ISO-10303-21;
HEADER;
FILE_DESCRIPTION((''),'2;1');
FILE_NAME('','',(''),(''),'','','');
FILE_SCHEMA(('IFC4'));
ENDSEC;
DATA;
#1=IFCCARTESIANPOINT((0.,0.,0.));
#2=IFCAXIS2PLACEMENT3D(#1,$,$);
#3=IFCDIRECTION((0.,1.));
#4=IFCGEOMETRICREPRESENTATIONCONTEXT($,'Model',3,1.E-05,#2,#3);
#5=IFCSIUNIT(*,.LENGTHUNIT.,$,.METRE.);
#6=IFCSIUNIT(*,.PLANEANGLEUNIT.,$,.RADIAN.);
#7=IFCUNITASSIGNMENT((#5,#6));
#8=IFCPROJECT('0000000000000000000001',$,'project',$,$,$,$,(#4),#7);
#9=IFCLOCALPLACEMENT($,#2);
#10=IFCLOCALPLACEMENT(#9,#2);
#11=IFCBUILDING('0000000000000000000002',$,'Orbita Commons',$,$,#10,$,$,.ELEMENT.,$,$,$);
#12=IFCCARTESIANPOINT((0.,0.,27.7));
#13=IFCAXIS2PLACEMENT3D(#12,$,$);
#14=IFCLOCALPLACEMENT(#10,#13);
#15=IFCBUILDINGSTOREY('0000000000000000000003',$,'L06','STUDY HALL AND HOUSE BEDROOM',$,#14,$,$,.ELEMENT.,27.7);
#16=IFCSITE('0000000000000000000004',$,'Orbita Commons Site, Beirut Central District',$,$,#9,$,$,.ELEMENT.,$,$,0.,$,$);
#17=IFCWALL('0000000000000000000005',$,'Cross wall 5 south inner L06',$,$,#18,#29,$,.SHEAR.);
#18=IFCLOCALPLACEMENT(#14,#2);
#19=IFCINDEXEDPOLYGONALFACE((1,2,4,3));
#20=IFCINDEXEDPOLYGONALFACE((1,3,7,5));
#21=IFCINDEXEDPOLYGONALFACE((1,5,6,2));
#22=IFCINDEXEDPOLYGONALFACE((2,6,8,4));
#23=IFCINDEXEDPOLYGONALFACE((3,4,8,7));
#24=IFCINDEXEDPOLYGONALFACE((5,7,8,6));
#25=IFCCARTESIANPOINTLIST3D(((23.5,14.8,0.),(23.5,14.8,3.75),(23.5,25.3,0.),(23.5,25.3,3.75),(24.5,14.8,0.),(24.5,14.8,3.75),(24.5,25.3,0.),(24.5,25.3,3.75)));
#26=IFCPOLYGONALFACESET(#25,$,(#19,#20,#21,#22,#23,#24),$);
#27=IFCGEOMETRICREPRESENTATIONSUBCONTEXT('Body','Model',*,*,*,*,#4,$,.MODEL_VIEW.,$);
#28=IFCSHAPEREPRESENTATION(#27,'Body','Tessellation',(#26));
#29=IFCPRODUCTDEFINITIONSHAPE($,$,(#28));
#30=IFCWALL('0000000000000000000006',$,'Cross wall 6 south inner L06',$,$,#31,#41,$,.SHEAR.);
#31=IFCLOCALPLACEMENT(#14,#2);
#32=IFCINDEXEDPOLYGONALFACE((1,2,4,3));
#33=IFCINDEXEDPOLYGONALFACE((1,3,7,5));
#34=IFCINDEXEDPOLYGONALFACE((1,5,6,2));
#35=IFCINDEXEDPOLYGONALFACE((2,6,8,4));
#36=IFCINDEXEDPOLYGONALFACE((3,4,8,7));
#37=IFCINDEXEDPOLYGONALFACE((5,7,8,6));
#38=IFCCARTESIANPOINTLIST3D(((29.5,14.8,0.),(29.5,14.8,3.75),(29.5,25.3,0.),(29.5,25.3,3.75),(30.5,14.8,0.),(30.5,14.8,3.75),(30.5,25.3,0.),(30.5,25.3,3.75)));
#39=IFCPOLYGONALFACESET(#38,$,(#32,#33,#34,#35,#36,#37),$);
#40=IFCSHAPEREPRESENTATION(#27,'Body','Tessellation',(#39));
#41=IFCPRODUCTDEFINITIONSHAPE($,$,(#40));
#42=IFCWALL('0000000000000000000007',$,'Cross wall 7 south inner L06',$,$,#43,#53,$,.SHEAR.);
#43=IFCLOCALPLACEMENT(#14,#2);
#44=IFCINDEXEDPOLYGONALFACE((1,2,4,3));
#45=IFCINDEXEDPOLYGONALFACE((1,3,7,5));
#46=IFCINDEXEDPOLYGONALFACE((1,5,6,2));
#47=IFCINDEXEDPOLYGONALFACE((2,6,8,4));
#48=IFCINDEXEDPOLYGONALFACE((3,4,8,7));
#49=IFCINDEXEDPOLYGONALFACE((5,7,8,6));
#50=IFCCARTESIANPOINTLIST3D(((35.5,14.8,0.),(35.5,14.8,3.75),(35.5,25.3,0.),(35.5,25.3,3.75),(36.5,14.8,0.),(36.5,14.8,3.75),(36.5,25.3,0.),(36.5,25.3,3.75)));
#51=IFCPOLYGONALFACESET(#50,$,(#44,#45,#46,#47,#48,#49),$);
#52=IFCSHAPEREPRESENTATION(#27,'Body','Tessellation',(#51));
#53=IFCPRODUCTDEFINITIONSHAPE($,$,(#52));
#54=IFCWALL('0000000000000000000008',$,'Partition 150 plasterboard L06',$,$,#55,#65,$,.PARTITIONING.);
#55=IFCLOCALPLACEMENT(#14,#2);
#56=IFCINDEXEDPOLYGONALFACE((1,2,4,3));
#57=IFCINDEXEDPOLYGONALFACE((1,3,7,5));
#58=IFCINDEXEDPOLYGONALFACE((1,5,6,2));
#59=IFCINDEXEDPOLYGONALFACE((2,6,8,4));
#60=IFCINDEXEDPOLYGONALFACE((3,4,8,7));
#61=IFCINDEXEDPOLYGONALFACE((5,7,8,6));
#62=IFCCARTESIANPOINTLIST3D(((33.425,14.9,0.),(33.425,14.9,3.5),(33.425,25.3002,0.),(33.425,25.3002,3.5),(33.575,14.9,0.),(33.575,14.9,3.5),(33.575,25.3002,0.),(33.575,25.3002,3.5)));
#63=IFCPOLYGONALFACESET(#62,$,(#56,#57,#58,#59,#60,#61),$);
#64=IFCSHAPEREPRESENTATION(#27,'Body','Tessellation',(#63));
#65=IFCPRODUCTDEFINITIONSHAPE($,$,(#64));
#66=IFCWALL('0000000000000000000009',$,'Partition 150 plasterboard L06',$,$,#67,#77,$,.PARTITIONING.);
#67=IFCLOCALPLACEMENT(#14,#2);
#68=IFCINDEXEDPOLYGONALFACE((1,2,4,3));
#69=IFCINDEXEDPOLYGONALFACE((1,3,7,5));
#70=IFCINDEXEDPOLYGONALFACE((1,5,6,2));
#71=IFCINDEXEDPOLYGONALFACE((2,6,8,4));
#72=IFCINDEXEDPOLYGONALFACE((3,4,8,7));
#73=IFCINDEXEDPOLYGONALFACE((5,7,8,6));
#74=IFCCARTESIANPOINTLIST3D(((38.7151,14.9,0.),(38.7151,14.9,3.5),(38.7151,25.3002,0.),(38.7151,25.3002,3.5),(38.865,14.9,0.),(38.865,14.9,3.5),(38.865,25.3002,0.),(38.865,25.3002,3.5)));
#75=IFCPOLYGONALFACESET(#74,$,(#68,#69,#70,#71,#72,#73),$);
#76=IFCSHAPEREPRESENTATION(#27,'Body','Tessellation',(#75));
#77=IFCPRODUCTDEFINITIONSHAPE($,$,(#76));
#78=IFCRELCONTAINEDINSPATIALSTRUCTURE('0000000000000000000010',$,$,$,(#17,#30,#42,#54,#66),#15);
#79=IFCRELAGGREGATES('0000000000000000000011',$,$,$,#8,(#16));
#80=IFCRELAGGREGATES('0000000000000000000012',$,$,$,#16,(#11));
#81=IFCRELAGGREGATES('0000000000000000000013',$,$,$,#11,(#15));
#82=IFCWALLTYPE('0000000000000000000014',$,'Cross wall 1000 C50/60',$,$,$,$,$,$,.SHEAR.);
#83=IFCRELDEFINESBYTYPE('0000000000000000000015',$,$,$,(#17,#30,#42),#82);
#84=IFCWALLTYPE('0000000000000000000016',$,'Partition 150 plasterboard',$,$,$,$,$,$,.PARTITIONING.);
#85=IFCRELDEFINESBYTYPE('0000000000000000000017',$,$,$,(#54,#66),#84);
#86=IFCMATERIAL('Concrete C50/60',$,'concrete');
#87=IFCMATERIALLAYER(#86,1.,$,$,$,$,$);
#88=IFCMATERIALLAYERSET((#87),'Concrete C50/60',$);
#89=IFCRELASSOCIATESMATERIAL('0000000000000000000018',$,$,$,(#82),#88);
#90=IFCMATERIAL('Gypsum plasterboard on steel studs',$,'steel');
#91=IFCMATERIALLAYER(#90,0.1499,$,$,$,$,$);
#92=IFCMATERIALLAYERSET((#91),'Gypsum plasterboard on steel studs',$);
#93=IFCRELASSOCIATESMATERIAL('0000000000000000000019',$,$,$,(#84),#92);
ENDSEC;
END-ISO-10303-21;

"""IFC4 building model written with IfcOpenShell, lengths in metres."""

from ifc_helpers import new_model, si_unit, direction, frame, frame_2d, origin, place, context, subcontext, project, spatial, rectangle, extrude, material, layer, layer_set, type_object, element, save


model = new_model("IFC4")

# Units and contexts
model_context = context("Model", 3, precision=1e-05, world=origin(), true_north=direction((0.0, 1.0)))
body_context = subcontext(model_context, "Body", "Model", "MODEL_VIEW")
ifc_project = project(units=[si_unit("LENGTHUNIT", "METRE"), si_unit("PLANEANGLEUNIT", "RADIAN")], contexts=[model_context])

# Site, building, storey
site_placement = place(None, origin())
site = spatial("IfcSite", under=ifc_project, at=site_placement, Name="Orbita Commons Site, Beirut Central District", CompositionType="ELEMENT", RefElevation=0.0)
building_placement = place(site_placement, origin())
building = spatial("IfcBuilding", under=site, at=building_placement, Name="Orbita Commons", CompositionType="ELEMENT")
storey_placement = place(building_placement, frame((0.0, 0.0, 27.7)))
storey = spatial("IfcBuildingStorey", under=building, at=storey_placement, Name="L06", Description="STUDY HALL AND HOUSE BEDROOM", CompositionType="ELEMENT", Elevation=27.7)

# Walls
ifc_material_1 = material(Name="Concrete C50/60", Category="concrete")
ifc_layer_1 = layer(ifc_material_1, 1.0)
ifc_layer_set_1 = layer_set([ifc_layer_1], Name="Concrete C50/60")
wall_type_1 = type_object("IfcWallType", Name="Cross wall 1000 C50/60", PredefinedType="SHEAR", material=ifc_layer_set_1)
for number, where, z_axis, x_axis, name in (
    (1, (24.0, 14.8, 0.0), (0.0, 0.0, 1.0), (0.0, 1.0, 0.0), "Cross wall 5 south inner L06"),
    (2, (30.0, 14.8, 0.0), (0.0, 0.0, 1.0), (0.0, 1.0, 0.0), "Cross wall 6 south inner L06"),
    (3, (36.0, 14.8, 0.0), (0.0, 0.0, 1.0), (0.0, 1.0, 0.0), "Cross wall 7 south inner L06"),
):
    element("IfcWall", number, at=place(storey_placement, frame(where, z_axis=z_axis, x_axis=x_axis)), inside=storey, type_object=wall_type_1, Name=name, PredefinedType="SHEAR", context=body_context, shape_type="SweptSolid", body=[
        extrude(rectangle(XDim=10.5, YDim=1.0, at=frame_2d((5.25, 0.0))), origin(), (0.0, 0.0, 1.0), 3.75),
    ])
ifc_material_2 = material(Name="Gypsum plasterboard on steel studs", Category="steel")
ifc_layer_2 = layer(ifc_material_2, 0.1499)
ifc_layer_set_2 = layer_set([ifc_layer_2], Name="Gypsum plasterboard on steel studs")
wall_type_2 = type_object("IfcWallType", Name="Partition 150 plasterboard", PredefinedType="PARTITIONING", material=ifc_layer_set_2)
for number, where, z_axis, x_axis, name in (
    (4, (33.5, 14.8999, 0.0), (0.0, 0.0, 1.0), (0.0, 1.0, 0.0), "Partition 150 plasterboard L06"),
    (5, (38.79, 14.8999, 0.0), (0.0, 0.0, 1.0), (0.0, 1.0, 0.0), "Partition 150 plasterboard L06"),
):
    element("IfcWall", number, at=place(storey_placement, frame(where, z_axis=z_axis, x_axis=x_axis)), inside=storey, type_object=wall_type_2, Name=name, PredefinedType="PARTITIONING", context=body_context, shape_type="SweptSolid", body=[
        extrude(rectangle(XDim=10.4001, YDim=0.1499, at=frame_2d((5.2002, 0.0))), origin(), (0.0, 0.0, 1.0), 3.5),
    ])

save(model, "model.ifc")
